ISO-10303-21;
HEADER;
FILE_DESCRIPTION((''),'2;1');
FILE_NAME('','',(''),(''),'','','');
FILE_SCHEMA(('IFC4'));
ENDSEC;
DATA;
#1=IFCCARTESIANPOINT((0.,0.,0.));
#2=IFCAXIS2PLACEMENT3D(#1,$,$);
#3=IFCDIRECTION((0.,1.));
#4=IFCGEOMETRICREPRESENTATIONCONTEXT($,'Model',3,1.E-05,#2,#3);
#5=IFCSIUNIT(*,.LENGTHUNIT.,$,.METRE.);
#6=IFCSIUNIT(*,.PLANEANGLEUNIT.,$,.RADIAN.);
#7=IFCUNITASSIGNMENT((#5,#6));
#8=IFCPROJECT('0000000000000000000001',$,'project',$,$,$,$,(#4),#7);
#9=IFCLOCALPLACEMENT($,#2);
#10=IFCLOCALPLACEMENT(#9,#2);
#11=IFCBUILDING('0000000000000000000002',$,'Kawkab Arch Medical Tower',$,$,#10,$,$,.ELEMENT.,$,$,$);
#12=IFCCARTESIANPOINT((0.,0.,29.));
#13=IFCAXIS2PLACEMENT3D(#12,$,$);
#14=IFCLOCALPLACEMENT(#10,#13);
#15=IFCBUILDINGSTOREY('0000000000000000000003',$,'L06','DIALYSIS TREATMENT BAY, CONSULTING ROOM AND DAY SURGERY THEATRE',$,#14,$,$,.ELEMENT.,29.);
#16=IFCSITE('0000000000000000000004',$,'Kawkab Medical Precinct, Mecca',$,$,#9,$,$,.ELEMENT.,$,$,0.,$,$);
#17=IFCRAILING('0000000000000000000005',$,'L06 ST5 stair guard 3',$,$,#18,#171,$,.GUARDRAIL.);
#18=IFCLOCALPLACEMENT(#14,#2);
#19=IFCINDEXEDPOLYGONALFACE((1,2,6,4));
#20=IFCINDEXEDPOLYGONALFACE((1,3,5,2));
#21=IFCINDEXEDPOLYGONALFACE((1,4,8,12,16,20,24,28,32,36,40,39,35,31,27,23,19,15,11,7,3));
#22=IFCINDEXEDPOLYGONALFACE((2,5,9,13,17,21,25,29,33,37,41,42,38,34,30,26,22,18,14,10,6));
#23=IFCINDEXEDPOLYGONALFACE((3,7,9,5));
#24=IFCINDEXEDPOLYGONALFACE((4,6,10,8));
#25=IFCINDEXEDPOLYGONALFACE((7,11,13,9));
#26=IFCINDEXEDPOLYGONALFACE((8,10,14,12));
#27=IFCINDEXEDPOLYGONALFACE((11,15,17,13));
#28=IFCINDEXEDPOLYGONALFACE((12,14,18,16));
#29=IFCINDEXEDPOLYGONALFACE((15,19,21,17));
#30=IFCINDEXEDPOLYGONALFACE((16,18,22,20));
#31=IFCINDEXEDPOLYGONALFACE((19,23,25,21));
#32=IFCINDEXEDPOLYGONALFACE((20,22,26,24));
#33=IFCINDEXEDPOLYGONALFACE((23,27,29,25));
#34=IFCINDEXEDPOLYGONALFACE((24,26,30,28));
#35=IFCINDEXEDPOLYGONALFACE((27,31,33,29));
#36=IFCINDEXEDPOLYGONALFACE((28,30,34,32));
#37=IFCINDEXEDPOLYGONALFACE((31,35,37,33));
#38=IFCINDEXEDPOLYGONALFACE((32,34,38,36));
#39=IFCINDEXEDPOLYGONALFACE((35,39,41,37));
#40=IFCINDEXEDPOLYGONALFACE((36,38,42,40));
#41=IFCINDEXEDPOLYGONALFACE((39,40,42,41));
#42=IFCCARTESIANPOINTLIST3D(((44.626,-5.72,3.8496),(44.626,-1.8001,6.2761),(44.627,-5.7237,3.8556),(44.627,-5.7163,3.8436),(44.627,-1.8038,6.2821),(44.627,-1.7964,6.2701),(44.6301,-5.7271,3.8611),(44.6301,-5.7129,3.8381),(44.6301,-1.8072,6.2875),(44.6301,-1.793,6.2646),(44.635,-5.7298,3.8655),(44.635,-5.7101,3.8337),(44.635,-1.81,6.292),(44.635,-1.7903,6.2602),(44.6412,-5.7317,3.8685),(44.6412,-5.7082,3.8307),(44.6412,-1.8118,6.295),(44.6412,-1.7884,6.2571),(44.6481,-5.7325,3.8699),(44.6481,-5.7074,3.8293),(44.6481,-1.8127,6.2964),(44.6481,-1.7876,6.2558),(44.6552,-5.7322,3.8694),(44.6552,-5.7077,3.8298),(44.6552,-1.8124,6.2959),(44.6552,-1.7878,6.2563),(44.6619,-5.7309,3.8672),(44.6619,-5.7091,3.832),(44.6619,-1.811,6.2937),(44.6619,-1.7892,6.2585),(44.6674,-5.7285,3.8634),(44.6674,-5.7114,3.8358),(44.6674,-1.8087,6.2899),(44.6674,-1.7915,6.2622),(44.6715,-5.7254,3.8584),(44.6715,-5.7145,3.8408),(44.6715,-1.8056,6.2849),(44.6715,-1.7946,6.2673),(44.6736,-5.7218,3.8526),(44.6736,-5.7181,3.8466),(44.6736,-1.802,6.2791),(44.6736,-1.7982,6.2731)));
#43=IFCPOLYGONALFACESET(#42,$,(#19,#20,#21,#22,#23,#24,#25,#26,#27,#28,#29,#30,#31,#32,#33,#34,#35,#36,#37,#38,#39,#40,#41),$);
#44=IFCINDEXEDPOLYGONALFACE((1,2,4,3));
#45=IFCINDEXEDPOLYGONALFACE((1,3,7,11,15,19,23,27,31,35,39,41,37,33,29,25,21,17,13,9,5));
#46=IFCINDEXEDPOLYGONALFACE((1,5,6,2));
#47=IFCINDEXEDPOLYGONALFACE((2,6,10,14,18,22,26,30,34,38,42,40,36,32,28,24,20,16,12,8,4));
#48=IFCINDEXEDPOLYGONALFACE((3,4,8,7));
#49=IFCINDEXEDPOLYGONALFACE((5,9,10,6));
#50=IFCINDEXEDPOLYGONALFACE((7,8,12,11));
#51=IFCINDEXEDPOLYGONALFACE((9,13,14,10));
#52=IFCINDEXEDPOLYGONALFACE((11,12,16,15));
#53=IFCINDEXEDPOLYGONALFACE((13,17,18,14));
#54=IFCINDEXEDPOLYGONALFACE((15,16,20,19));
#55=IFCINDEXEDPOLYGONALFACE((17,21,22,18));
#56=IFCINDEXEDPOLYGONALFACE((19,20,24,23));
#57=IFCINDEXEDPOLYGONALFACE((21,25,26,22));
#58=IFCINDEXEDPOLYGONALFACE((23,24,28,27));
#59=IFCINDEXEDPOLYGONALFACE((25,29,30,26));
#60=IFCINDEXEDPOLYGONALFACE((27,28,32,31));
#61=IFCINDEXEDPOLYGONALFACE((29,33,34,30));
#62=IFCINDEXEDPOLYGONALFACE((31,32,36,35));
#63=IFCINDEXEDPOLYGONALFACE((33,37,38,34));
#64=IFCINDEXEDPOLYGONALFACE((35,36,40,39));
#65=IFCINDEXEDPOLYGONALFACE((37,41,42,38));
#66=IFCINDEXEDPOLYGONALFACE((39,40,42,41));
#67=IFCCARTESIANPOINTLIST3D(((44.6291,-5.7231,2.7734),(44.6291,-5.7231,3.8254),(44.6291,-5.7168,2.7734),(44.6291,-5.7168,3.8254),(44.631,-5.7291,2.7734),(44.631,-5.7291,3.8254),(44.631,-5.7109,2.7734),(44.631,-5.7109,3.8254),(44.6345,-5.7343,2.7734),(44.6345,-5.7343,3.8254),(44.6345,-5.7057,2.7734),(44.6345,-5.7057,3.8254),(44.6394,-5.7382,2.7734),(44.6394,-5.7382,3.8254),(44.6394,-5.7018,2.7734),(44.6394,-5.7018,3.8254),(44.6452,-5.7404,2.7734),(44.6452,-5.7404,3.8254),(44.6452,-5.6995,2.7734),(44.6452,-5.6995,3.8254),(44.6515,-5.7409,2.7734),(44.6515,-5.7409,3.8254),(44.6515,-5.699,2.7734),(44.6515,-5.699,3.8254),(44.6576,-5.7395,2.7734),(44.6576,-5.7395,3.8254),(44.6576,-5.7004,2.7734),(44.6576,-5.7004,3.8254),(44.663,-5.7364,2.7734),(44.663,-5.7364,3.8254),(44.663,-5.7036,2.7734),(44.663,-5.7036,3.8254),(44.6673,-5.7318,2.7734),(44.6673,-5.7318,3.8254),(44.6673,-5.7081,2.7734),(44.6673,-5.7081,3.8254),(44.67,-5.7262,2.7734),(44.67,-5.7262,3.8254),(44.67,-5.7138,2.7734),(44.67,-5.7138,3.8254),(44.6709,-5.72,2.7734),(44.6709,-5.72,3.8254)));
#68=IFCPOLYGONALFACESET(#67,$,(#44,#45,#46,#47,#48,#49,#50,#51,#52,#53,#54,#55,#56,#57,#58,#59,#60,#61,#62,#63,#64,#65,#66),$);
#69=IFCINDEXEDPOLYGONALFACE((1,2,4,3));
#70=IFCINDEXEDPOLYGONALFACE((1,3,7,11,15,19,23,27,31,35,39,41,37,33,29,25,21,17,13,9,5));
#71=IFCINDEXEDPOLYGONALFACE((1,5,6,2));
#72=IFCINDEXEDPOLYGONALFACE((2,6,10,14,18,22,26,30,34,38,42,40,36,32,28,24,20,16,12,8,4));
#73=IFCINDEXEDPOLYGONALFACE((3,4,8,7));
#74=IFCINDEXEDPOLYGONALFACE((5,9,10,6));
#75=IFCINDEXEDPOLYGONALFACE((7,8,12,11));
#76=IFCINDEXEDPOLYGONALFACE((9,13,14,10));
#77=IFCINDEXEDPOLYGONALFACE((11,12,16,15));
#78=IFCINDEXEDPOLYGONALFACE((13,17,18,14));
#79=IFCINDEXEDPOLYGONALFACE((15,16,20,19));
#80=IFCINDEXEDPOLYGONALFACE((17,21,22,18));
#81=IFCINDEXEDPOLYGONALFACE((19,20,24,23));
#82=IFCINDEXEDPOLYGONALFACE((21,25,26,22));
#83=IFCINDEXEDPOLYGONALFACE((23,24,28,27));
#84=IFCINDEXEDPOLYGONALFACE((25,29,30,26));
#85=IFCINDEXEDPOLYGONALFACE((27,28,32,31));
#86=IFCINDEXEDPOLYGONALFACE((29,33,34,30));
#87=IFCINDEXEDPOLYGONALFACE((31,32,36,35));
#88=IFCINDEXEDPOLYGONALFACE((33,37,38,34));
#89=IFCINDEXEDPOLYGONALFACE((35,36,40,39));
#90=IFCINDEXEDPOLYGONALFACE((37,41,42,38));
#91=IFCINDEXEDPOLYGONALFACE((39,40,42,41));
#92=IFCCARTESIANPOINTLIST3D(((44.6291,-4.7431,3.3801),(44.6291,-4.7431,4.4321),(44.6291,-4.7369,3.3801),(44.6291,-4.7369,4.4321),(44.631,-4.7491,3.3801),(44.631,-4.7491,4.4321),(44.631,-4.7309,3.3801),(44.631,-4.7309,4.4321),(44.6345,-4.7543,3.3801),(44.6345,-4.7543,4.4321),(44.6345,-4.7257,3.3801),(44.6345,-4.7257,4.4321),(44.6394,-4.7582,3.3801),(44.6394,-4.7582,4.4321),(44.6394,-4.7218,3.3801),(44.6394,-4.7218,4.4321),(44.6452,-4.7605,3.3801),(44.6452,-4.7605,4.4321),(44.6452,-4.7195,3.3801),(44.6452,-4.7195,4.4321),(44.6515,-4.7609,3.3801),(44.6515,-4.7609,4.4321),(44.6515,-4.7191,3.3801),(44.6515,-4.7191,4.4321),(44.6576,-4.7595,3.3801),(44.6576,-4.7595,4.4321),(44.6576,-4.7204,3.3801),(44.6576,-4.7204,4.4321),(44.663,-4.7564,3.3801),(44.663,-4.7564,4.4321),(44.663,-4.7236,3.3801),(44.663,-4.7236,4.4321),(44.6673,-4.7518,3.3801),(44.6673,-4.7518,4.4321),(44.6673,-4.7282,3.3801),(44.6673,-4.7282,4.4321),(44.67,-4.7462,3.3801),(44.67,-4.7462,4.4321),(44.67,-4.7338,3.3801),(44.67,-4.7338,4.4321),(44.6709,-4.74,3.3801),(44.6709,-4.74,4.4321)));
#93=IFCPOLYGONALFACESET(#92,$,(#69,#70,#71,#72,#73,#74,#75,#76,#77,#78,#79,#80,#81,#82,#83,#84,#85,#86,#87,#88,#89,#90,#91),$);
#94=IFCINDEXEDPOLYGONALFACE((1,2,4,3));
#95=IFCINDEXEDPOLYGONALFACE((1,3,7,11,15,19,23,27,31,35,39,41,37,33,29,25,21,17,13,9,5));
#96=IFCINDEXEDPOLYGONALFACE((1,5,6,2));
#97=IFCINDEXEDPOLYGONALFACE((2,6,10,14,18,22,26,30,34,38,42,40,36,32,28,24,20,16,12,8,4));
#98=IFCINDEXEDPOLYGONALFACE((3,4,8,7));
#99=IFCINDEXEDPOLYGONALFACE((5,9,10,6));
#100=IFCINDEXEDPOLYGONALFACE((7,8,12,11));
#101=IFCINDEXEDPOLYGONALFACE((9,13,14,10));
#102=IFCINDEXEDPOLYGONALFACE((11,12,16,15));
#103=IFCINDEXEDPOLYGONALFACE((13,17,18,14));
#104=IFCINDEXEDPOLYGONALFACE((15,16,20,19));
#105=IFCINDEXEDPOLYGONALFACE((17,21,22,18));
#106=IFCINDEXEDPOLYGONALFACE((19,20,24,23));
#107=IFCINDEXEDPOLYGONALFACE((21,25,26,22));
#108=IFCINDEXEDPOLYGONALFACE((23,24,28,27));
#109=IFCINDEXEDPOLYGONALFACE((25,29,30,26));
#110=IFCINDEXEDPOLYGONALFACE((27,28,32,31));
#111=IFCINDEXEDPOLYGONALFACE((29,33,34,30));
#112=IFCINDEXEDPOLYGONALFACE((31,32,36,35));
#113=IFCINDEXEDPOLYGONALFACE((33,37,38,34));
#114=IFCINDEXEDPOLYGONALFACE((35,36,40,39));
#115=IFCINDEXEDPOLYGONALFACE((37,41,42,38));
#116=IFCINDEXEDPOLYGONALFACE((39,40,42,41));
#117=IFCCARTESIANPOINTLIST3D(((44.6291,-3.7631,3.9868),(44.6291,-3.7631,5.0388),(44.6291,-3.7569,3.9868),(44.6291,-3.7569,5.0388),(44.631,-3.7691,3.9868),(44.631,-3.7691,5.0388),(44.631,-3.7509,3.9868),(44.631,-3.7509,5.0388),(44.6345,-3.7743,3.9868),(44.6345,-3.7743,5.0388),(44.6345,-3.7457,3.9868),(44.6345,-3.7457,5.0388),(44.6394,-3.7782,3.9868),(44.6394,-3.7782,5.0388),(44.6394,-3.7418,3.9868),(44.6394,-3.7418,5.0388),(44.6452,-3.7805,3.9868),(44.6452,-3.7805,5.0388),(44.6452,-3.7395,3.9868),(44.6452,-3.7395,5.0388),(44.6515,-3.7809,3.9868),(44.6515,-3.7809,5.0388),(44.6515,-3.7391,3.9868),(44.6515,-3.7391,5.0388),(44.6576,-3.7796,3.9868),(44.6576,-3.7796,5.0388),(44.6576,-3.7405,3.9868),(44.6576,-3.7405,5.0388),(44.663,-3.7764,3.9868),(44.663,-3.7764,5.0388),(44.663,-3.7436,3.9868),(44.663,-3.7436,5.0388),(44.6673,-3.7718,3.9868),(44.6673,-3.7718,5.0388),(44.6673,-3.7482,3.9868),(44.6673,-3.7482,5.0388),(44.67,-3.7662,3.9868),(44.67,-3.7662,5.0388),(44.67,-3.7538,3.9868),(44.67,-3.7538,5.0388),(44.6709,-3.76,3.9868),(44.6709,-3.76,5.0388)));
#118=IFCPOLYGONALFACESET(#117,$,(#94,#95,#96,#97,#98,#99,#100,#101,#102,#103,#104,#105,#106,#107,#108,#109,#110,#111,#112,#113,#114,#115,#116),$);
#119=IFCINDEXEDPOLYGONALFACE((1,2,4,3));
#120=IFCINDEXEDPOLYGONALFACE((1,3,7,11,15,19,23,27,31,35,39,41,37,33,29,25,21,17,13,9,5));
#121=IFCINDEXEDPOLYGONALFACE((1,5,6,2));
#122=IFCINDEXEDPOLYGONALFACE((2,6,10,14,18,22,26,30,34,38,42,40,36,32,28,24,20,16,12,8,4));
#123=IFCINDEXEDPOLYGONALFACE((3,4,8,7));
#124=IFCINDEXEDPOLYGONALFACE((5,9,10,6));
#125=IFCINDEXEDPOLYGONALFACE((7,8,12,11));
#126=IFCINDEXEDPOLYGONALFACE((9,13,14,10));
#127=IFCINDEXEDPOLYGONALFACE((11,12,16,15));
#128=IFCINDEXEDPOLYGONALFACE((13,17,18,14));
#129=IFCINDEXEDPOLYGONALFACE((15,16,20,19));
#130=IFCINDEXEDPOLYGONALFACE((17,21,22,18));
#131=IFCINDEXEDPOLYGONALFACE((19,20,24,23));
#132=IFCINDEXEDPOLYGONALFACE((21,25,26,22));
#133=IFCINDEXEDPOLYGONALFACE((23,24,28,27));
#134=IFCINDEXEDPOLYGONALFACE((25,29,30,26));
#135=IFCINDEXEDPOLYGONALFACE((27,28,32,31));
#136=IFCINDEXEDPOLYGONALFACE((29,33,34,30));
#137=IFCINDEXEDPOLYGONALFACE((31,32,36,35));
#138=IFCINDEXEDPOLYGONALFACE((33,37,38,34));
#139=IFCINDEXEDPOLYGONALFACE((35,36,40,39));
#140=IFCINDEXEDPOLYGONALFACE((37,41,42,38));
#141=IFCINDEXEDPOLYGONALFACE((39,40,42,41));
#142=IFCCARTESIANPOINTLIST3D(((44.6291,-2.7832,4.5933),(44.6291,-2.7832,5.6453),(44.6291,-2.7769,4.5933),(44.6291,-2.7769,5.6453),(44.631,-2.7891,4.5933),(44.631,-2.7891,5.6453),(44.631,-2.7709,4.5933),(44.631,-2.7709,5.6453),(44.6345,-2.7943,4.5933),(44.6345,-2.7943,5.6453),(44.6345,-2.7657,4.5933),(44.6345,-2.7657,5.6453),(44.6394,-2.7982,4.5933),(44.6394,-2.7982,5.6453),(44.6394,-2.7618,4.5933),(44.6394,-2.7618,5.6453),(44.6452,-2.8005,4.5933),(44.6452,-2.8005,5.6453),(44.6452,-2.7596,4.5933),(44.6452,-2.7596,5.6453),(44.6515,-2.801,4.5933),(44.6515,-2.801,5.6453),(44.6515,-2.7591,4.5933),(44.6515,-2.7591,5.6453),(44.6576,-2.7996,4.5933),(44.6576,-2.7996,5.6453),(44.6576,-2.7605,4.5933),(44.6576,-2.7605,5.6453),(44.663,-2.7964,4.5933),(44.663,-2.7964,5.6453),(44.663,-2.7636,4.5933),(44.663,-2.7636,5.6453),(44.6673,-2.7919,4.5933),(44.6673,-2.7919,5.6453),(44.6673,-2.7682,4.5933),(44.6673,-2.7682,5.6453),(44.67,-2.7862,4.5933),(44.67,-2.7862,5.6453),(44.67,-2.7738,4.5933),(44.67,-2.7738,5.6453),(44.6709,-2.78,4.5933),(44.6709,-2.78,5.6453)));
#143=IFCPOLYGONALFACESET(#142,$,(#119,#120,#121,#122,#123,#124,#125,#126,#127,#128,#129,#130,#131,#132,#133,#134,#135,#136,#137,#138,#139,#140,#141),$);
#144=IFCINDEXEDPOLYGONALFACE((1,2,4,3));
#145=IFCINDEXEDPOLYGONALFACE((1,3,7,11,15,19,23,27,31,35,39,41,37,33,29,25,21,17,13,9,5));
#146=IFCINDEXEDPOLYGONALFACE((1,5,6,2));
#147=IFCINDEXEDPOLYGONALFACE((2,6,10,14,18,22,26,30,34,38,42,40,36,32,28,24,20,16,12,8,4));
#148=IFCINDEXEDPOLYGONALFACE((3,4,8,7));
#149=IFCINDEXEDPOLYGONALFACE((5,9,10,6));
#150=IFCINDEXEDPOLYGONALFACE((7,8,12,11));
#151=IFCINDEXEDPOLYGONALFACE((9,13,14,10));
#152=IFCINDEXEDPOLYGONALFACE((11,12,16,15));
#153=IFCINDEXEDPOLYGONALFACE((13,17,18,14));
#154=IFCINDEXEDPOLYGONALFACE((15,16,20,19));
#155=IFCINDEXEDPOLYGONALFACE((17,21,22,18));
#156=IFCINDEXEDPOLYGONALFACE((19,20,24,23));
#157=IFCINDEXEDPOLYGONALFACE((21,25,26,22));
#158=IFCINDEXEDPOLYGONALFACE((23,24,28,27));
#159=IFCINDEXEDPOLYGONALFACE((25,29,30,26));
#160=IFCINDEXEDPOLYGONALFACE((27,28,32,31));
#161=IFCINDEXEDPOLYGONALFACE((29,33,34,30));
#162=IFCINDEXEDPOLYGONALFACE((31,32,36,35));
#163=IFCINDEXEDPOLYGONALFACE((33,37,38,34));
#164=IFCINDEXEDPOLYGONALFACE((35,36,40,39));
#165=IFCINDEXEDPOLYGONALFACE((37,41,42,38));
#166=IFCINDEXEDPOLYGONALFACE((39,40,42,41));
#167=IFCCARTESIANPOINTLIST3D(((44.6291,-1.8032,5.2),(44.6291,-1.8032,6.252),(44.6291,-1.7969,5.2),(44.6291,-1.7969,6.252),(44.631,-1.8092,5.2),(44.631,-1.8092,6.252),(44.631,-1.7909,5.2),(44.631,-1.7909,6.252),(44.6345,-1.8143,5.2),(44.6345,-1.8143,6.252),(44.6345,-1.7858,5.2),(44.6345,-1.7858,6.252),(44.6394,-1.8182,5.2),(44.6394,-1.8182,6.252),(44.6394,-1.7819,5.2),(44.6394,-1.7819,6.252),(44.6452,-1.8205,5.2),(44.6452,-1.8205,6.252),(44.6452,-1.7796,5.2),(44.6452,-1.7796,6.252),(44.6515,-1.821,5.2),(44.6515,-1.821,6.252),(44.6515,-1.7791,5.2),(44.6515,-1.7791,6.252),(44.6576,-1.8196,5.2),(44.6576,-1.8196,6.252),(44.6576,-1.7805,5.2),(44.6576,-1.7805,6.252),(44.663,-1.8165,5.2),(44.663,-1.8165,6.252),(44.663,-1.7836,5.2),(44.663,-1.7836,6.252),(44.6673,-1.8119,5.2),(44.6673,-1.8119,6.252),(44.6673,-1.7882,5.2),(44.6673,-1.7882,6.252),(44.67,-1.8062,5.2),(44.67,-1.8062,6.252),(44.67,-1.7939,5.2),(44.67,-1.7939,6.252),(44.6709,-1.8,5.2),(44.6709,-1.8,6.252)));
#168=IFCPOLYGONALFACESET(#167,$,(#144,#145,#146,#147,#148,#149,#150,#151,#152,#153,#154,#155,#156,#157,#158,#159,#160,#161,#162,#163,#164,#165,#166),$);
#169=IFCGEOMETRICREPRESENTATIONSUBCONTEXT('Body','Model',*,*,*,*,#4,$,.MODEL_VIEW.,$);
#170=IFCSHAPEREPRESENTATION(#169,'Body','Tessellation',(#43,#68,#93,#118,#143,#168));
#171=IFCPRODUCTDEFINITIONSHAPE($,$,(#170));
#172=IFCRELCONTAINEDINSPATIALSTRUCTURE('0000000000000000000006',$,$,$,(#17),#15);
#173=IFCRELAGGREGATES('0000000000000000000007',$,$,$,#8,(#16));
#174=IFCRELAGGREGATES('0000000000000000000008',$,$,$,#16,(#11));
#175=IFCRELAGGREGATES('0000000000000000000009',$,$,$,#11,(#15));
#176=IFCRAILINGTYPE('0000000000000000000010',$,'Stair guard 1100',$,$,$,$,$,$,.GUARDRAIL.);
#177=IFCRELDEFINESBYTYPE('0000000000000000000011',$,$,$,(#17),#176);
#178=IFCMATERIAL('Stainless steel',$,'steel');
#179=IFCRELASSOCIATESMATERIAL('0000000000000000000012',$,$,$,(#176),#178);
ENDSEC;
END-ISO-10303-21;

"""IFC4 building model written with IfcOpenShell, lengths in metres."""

from ifc_helpers import new_model, si_unit, direction, frame, origin, origin_2d, place, context, subcontext, project, spatial, circle, extrude, material, type_object, element, save


model = new_model("IFC4")

# Units and contexts
model_context = context("Model", 3, precision=1e-05, world=origin(), true_north=direction((0.0, 1.0)))
body_context = subcontext(model_context, "Body", "Model", "MODEL_VIEW")
ifc_project = project(units=[si_unit("LENGTHUNIT", "METRE"), si_unit("PLANEANGLEUNIT", "RADIAN")], contexts=[model_context])

# Site, building, storey
site_placement = place(None, origin())
site = spatial("IfcSite", under=ifc_project, at=site_placement, Name="Kawkab Medical Precinct, Mecca", CompositionType="ELEMENT", RefElevation=0.0)
building_placement = place(site_placement, origin())
building = spatial("IfcBuilding", under=site, at=building_placement, Name="Kawkab Arch Medical Tower", CompositionType="ELEMENT")
storey_placement = place(building_placement, frame((0.0, 0.0, 29.0)))
storey = spatial("IfcBuildingStorey", under=building, at=storey_placement, Name="L06", Description="DIALYSIS TREATMENT BAY, CONSULTING ROOM AND DAY SURGERY THEATRE", CompositionType="ELEMENT", Elevation=29.0)

# Railing
ifc_material_1 = material(Name="Stainless steel", Category="steel")
railing_type = type_object("IfcRailingType", Name="Stair guard 1100", PredefinedType="GUARDRAIL", material=ifc_material_1)
railing_1_placement = place(storey_placement, frame((44.6499, -5.72, 2.7734)))
element("IfcRailing", 1, at=railing_1_placement, inside=storey, type_object=railing_type, Name="L06 ST5 stair guard 3", PredefinedType="GUARDRAIL", context=body_context, shape_type="SweptSolid", body=[
    extrude(circle(Radius=0.0239, at=origin_2d()), frame((0.0, 0.0, 1.0762), z_axis=(0.0, 0.850275, 0.526338), x_axis=(-1.0, 0.0, 0.0)), (0.0, 0.0, 1.0), 4.6101),
    extrude(circle(Radius=0.021, at=origin_2d()), origin(), (0.0, 0.0, 1.0), 1.052),
    extrude(circle(Radius=0.021, at=origin_2d()), frame((0.0, 0.98, 0.6067)), (0.0, 0.0, 1.0), 1.052),
    extrude(circle(Radius=0.021, at=origin_2d()), frame((0.0, 1.96, 1.2134)), (0.0, 0.0, 1.0), 1.052),
    extrude(circle(Radius=0.021, at=origin_2d()), frame((0.0, 2.9399, 1.8198)), (0.0, 0.0, 1.0), 1.052),
    extrude(circle(Radius=0.021, at=origin_2d()), frame((0.0, 3.9199, 2.4265)), (0.0, 0.0, 1.0), 1.052),
])

save(model, "model.ifc")
